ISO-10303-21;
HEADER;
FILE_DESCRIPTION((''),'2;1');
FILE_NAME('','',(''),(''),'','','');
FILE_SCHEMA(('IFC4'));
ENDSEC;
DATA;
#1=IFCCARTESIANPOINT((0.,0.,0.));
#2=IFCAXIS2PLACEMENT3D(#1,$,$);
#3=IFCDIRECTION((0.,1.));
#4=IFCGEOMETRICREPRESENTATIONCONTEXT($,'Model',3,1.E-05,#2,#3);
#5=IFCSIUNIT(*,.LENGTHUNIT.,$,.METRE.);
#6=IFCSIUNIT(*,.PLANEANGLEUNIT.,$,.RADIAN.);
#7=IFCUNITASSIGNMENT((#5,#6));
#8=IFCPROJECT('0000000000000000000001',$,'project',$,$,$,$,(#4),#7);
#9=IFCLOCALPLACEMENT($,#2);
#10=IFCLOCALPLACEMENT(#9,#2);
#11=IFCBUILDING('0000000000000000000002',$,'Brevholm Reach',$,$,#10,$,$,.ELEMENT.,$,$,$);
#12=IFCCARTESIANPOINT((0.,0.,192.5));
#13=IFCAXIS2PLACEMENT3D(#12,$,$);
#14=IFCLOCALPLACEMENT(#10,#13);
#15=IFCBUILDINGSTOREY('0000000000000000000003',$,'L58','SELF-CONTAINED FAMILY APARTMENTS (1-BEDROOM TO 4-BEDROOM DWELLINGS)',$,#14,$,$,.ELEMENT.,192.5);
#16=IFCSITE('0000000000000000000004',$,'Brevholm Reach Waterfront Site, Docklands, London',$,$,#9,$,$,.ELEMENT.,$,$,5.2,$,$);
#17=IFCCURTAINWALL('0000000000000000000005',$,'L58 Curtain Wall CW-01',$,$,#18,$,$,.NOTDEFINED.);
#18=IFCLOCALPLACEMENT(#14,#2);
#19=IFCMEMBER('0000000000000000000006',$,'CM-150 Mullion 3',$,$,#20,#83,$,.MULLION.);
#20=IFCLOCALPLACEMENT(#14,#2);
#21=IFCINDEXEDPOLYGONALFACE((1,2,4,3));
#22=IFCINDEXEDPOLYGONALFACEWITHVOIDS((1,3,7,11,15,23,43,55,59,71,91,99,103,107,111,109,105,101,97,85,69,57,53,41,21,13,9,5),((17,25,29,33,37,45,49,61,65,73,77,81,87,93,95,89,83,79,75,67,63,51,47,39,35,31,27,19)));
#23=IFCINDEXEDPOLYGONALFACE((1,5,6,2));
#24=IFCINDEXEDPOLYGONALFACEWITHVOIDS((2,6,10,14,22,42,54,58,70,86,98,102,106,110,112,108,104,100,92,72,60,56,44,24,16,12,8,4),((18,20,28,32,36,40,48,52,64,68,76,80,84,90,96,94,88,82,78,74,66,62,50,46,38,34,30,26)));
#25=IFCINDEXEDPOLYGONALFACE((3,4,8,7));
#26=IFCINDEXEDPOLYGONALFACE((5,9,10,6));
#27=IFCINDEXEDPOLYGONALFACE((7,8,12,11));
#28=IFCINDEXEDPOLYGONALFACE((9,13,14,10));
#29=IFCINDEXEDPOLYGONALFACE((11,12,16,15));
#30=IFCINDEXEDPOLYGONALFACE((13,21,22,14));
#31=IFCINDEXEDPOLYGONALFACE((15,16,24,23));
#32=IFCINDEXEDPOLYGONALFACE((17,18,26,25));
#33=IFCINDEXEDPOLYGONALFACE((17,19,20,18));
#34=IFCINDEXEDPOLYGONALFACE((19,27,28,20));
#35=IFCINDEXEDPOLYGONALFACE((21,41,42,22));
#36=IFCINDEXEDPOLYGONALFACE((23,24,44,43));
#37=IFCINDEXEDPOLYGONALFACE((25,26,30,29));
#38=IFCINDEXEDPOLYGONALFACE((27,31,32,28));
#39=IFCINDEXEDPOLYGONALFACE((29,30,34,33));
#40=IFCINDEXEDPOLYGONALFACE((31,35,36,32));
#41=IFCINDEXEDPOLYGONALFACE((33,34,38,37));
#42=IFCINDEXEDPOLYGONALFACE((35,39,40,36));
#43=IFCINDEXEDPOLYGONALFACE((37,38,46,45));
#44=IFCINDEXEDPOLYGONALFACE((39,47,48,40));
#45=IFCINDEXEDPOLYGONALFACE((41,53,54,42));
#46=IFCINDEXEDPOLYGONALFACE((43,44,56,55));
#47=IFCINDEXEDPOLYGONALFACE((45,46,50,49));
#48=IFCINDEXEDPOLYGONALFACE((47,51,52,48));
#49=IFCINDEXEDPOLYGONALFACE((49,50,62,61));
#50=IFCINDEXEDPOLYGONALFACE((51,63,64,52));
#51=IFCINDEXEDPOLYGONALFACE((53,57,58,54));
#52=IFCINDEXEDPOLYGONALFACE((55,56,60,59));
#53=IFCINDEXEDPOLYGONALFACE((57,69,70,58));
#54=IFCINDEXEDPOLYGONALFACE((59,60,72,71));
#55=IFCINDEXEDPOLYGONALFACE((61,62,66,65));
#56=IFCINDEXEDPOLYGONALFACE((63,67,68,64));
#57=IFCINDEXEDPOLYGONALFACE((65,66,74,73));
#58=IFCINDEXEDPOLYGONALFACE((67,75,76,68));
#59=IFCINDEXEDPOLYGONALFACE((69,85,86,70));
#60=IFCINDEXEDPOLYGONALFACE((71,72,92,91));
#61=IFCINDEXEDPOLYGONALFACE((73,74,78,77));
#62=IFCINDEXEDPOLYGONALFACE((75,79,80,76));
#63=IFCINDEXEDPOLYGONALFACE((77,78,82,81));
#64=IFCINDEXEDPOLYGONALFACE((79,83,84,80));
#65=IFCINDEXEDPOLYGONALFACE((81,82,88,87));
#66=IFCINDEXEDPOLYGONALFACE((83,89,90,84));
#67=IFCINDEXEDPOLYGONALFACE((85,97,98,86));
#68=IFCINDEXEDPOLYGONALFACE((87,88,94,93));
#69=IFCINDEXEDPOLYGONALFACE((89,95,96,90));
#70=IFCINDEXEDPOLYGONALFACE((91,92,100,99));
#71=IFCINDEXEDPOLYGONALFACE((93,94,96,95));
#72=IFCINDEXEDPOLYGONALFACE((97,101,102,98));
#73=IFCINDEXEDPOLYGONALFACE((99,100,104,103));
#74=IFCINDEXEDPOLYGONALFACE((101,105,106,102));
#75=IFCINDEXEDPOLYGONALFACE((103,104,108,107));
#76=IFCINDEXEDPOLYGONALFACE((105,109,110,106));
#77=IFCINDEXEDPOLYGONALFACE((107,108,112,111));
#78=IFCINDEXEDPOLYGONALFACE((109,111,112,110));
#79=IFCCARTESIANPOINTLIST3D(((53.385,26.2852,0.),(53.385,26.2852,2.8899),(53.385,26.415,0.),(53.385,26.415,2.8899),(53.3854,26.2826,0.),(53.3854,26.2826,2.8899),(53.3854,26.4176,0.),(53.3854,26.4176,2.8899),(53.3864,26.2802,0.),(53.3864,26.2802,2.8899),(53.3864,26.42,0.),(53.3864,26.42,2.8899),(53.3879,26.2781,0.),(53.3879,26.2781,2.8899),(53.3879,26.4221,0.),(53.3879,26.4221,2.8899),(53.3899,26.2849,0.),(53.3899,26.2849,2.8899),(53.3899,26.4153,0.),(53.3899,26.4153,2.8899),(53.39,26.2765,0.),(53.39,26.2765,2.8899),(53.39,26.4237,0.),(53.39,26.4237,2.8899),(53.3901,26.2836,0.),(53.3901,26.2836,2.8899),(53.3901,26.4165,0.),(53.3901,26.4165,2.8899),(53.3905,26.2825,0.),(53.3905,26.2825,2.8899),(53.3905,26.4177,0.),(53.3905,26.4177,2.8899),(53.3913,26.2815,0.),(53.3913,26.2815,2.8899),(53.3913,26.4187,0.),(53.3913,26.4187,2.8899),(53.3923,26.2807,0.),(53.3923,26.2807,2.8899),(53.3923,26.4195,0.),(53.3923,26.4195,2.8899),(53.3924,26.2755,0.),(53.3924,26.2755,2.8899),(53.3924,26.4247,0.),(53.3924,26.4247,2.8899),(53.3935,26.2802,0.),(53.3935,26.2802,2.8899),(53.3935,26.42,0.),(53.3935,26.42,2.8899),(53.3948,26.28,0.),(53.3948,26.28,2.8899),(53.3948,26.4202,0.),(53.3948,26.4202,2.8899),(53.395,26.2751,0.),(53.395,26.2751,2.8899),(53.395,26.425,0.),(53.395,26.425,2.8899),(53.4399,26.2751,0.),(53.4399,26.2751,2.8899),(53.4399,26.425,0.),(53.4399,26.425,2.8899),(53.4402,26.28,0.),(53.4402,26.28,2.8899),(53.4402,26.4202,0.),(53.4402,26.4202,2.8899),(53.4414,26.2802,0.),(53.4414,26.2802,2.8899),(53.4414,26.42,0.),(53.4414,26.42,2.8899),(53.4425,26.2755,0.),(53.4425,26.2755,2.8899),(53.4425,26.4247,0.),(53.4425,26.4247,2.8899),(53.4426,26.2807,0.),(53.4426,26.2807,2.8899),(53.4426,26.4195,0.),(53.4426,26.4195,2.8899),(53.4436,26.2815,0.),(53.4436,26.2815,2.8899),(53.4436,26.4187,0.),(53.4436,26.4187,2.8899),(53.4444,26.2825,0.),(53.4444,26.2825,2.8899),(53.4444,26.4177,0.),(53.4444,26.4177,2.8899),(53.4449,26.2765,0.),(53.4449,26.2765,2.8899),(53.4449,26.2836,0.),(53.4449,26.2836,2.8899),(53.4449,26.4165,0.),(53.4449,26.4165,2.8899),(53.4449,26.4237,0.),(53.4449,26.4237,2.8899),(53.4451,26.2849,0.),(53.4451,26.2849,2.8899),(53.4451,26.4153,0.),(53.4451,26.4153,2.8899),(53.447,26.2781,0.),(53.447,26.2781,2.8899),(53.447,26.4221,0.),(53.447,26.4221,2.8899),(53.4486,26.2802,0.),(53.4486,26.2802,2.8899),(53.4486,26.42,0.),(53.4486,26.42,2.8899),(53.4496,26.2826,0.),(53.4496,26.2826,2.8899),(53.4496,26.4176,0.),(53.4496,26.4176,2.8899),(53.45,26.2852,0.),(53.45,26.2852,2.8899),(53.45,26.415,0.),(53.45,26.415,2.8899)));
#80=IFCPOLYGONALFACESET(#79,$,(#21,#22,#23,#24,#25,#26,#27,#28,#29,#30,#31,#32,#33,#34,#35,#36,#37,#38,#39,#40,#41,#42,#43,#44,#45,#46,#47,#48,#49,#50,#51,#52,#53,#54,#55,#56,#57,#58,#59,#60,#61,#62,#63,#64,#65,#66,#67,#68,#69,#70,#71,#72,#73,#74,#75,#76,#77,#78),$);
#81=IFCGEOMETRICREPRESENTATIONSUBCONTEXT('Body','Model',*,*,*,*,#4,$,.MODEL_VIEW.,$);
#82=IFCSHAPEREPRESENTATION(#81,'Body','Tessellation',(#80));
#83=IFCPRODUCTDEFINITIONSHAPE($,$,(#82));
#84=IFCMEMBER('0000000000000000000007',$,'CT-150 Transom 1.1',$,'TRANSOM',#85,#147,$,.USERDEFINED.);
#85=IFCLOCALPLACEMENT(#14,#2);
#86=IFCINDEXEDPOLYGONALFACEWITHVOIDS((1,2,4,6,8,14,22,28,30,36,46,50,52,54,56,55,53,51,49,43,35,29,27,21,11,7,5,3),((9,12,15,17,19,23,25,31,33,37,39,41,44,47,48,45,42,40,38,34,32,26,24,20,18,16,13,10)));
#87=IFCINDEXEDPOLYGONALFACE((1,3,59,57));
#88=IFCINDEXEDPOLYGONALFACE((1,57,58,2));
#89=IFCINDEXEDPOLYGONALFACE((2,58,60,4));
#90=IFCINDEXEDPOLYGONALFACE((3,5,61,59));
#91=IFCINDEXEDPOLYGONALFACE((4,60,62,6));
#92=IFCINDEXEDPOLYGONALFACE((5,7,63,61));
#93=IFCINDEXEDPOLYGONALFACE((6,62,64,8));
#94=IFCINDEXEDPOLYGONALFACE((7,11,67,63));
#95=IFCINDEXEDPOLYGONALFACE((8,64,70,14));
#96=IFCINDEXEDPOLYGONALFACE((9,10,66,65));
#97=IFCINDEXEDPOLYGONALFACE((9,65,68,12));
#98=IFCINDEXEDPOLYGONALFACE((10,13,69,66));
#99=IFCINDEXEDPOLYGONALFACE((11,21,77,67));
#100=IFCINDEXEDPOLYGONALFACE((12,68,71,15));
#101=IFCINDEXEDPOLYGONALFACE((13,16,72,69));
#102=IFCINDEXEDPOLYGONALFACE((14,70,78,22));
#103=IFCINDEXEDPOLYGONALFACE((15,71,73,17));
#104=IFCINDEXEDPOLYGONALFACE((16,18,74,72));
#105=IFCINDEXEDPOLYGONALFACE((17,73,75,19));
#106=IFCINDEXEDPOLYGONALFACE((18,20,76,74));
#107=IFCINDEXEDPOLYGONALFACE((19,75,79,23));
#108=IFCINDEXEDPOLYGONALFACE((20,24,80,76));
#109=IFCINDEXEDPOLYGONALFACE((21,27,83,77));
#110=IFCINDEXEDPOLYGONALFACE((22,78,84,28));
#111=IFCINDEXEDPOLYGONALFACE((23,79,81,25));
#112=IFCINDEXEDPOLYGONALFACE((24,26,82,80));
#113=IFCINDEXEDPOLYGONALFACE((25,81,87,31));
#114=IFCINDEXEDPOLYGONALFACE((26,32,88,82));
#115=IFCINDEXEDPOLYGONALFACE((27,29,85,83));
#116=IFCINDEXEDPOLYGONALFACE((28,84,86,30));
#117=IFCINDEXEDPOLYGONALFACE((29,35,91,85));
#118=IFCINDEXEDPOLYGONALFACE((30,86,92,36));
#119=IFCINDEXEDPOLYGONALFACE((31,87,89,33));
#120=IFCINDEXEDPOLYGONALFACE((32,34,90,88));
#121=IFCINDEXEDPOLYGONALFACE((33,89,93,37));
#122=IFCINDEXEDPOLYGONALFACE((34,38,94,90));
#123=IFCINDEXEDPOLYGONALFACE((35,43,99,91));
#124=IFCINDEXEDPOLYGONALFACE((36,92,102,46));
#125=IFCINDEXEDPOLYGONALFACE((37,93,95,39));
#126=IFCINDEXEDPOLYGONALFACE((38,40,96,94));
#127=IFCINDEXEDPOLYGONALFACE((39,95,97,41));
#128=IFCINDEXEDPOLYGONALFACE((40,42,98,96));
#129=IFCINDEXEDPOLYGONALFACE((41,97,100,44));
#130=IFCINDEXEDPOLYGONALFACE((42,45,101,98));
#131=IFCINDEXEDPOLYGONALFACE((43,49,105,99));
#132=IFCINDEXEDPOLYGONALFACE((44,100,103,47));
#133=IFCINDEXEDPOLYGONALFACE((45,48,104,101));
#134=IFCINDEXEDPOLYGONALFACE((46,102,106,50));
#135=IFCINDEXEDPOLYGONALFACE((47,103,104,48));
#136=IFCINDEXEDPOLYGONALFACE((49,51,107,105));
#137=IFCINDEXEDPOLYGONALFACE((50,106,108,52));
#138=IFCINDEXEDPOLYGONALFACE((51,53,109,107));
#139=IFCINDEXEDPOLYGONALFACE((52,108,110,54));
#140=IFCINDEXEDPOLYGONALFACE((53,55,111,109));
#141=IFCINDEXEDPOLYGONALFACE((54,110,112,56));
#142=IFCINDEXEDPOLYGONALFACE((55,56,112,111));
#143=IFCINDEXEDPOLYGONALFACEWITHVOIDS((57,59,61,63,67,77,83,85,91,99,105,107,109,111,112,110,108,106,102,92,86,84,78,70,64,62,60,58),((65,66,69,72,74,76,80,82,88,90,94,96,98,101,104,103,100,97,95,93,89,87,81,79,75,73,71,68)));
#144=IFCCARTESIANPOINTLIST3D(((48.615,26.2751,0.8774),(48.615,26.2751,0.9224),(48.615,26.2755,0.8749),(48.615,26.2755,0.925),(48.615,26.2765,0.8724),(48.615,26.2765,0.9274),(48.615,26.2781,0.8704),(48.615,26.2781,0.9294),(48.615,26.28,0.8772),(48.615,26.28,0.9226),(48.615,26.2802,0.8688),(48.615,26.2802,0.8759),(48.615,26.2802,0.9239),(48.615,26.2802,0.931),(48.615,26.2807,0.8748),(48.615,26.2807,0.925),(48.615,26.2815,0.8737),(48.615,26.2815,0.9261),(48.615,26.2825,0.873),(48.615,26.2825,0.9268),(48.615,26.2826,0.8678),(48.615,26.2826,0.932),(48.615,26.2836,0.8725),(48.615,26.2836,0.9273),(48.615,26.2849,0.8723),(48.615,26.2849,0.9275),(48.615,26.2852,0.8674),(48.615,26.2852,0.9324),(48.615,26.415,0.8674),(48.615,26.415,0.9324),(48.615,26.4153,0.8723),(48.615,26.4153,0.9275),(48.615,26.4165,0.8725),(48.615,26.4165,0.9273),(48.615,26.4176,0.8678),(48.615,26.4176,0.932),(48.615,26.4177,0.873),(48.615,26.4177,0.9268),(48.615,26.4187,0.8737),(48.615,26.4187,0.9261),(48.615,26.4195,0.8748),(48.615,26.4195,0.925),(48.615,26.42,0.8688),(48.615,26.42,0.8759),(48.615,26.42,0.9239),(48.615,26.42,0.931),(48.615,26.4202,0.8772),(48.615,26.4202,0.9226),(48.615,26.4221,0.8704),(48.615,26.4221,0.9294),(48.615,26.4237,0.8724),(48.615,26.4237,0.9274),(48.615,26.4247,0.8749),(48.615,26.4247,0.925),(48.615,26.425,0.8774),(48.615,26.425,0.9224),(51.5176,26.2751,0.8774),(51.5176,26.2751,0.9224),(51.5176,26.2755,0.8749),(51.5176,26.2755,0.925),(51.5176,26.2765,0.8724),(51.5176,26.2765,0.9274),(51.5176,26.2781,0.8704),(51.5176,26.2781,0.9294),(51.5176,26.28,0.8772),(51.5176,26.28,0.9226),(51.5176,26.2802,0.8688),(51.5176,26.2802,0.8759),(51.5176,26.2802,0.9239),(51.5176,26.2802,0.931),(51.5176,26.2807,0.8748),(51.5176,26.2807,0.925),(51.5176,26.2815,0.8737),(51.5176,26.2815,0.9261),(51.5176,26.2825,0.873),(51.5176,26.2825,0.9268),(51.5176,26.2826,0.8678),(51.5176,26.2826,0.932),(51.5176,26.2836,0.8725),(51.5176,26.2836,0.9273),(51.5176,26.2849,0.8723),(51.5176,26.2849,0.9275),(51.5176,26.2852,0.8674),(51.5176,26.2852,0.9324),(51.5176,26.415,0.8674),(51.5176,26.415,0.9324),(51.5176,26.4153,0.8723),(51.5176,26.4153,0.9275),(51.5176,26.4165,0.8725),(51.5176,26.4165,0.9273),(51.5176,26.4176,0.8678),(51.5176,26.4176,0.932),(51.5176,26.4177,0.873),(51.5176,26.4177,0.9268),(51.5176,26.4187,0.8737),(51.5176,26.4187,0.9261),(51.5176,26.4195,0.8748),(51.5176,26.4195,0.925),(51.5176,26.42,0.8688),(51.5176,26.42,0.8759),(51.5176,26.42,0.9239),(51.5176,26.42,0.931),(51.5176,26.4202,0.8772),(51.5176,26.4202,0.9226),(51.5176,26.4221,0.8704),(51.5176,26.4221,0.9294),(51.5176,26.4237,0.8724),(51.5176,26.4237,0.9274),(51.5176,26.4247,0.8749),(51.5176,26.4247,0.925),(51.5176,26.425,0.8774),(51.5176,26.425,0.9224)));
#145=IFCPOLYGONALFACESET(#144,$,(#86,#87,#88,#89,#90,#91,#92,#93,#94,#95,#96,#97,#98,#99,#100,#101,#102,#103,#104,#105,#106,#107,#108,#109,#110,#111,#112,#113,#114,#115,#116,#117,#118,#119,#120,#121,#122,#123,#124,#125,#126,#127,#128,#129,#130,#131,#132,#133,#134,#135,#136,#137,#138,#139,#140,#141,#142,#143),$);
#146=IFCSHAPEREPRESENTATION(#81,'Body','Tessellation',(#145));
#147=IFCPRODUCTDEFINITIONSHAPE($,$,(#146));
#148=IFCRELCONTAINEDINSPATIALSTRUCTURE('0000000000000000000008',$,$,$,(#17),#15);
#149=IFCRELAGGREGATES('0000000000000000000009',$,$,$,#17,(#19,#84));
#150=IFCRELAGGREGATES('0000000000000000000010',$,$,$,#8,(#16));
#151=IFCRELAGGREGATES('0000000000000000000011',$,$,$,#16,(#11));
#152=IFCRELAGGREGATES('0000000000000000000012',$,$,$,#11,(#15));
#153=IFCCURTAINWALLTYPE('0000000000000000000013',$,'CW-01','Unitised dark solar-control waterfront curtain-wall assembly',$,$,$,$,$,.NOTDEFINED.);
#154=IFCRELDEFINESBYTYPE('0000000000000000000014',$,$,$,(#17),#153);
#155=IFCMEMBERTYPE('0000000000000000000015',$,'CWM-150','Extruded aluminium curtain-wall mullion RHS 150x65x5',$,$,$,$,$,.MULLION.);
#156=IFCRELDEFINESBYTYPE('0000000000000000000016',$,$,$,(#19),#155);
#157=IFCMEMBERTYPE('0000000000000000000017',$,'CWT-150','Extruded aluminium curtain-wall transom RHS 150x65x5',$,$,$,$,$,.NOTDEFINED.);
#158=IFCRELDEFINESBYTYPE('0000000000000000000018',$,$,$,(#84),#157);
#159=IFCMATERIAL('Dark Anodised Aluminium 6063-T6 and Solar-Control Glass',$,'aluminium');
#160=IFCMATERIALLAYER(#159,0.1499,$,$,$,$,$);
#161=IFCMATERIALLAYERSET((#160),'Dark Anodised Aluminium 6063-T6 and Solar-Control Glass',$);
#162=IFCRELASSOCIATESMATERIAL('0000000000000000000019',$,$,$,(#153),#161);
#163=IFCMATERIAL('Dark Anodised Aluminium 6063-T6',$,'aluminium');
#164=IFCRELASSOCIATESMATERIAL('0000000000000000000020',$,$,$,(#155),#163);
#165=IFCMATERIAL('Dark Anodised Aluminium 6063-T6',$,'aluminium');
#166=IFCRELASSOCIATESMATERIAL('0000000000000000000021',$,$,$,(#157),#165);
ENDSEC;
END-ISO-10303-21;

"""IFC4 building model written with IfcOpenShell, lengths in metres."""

from ifc_helpers import new_model, si_unit, direction, frame, origin, origin_2d, place, context, subcontext, project, spatial, hollow_rectangle, extrude, material, layer, layer_set, material_profile, profile_set, type_object, element, aggregate, save


model = new_model("IFC4")

# Units and contexts
model_context = context("Model", 3, precision=1e-05, world=origin(), true_north=direction((0.0, 1.0)))
body_context = subcontext(model_context, "Body", "Model", "MODEL_VIEW")
ifc_project = project(units=[si_unit("LENGTHUNIT", "METRE"), si_unit("PLANEANGLEUNIT", "RADIAN")], contexts=[model_context])

# Site, building, storey
site_placement = place(None, origin())
site = spatial("IfcSite", under=ifc_project, at=site_placement, Name="Brevholm Reach Waterfront Site, Docklands, London", CompositionType="ELEMENT", RefElevation=5.2)
building_placement = place(site_placement, origin())
building = spatial("IfcBuilding", under=site, at=building_placement, Name="Brevholm Reach", CompositionType="ELEMENT")
storey_placement = place(building_placement, frame((0.0, 0.0, 192.5)))
storey = spatial("IfcBuildingStorey", under=building, at=storey_placement, Name="L58", Description="SELF-CONTAINED FAMILY APARTMENTS (1-BEDROOM TO 4-BEDROOM DWELLINGS)", CompositionType="ELEMENT", Elevation=192.5)

# Curtain wall, members
ifc_material_1 = material(Name="Dark Anodised Aluminium 6063-T6 and Solar-Control Glass", Category="aluminium")
ifc_layer_1 = layer(ifc_material_1, 0.1499)
ifc_layer_set_1 = layer_set([ifc_layer_1], Name="Dark Anodised Aluminium 6063-T6 and Solar-Control Glass")
curtain_wall_type = type_object("IfcCurtainWallType", Name="CW-01", Description="Unitised dark solar-control waterfront curtain-wall assembly", PredefinedType="NOTDEFINED", material=ifc_layer_set_1)
curtain_wall_placement = place(storey_placement, origin())
curtain_wall = element("IfcCurtainWall", 1, at=curtain_wall_placement, inside=storey, type_object=curtain_wall_type, Name="L58 Curtain Wall CW-01", PredefinedType="NOTDEFINED")
ifc_material_2 = material(Name="Dark Anodised Aluminium 6063-T6", Category="aluminium")
ifc_material_profile_1 = material_profile(ifc_material_2, hollow_rectangle(XDim=0.0649, YDim=0.1499, WallThickness=0.0049, InnerFilletRadius=0.0049, OuterFilletRadius=0.01, at=origin_2d()), Name="RHS 150x65x5")
ifc_profile_set_1 = profile_set([ifc_material_profile_1], Name="Dark Anodised Aluminium 6063-T6")
member_type_1 = type_object("IfcMemberType", Name="CWM-150", Description="Extruded aluminium curtain-wall mullion RHS 150x65x5", PredefinedType="MULLION", material=ifc_profile_set_1)
member_1_placement = place(storey_placement, frame((53.4175, 26.3501, 0.0), z_axis=(0.0, 0.0, 1.0), x_axis=(1.0, 0.0, 0.0)))
member_1 = element("IfcMember", 2, at=member_1_placement, type_object=member_type_1, Name="CM-150 Mullion 3", PredefinedType="MULLION", context=body_context, shape_type="SweptSolid", body=[
    extrude(hollow_rectangle(XDim=0.0649, YDim=0.1499, WallThickness=0.0049, InnerFilletRadius=0.0049, OuterFilletRadius=0.01, at=origin_2d()), origin(), (0.0, 0.0, 1.0), 2.8899),
])
ifc_material_3 = material(Name="Dark Anodised Aluminium 6063-T6", Category="aluminium")
ifc_material_profile_2 = material_profile(ifc_material_3, hollow_rectangle(XDim=0.0649, YDim=0.1499, WallThickness=0.0049, InnerFilletRadius=0.0049, OuterFilletRadius=0.01, at=origin_2d()), Name="RHS 150x65x5")
ifc_profile_set_2 = profile_set([ifc_material_profile_2], Name="Dark Anodised Aluminium 6063-T6")
member_type_2 = type_object("IfcMemberType", Name="CWT-150", Description="Extruded aluminium curtain-wall transom RHS 150x65x5", PredefinedType="NOTDEFINED", material=ifc_profile_set_2)
member_2_placement = place(storey_placement, frame((48.615, 26.3501, 0.8999), z_axis=(1.0, 0.0, 0.0), x_axis=(0.0, 0.0, 1.0)))
member_2 = element("IfcMember", 3, at=member_2_placement, type_object=member_type_2, Name="CT-150 Transom 1.1", ObjectType="TRANSOM", PredefinedType="USERDEFINED", context=body_context, shape_type="SweptSolid", body=[
    extrude(hollow_rectangle(XDim=0.0649, YDim=0.1499, WallThickness=0.0049, InnerFilletRadius=0.0049, OuterFilletRadius=0.01, at=origin_2d()), origin(), (0.0, 0.0, 1.0), 2.9026),
])
aggregate(curtain_wall, [member_1, member_2])

save(model, "model.ifc")
